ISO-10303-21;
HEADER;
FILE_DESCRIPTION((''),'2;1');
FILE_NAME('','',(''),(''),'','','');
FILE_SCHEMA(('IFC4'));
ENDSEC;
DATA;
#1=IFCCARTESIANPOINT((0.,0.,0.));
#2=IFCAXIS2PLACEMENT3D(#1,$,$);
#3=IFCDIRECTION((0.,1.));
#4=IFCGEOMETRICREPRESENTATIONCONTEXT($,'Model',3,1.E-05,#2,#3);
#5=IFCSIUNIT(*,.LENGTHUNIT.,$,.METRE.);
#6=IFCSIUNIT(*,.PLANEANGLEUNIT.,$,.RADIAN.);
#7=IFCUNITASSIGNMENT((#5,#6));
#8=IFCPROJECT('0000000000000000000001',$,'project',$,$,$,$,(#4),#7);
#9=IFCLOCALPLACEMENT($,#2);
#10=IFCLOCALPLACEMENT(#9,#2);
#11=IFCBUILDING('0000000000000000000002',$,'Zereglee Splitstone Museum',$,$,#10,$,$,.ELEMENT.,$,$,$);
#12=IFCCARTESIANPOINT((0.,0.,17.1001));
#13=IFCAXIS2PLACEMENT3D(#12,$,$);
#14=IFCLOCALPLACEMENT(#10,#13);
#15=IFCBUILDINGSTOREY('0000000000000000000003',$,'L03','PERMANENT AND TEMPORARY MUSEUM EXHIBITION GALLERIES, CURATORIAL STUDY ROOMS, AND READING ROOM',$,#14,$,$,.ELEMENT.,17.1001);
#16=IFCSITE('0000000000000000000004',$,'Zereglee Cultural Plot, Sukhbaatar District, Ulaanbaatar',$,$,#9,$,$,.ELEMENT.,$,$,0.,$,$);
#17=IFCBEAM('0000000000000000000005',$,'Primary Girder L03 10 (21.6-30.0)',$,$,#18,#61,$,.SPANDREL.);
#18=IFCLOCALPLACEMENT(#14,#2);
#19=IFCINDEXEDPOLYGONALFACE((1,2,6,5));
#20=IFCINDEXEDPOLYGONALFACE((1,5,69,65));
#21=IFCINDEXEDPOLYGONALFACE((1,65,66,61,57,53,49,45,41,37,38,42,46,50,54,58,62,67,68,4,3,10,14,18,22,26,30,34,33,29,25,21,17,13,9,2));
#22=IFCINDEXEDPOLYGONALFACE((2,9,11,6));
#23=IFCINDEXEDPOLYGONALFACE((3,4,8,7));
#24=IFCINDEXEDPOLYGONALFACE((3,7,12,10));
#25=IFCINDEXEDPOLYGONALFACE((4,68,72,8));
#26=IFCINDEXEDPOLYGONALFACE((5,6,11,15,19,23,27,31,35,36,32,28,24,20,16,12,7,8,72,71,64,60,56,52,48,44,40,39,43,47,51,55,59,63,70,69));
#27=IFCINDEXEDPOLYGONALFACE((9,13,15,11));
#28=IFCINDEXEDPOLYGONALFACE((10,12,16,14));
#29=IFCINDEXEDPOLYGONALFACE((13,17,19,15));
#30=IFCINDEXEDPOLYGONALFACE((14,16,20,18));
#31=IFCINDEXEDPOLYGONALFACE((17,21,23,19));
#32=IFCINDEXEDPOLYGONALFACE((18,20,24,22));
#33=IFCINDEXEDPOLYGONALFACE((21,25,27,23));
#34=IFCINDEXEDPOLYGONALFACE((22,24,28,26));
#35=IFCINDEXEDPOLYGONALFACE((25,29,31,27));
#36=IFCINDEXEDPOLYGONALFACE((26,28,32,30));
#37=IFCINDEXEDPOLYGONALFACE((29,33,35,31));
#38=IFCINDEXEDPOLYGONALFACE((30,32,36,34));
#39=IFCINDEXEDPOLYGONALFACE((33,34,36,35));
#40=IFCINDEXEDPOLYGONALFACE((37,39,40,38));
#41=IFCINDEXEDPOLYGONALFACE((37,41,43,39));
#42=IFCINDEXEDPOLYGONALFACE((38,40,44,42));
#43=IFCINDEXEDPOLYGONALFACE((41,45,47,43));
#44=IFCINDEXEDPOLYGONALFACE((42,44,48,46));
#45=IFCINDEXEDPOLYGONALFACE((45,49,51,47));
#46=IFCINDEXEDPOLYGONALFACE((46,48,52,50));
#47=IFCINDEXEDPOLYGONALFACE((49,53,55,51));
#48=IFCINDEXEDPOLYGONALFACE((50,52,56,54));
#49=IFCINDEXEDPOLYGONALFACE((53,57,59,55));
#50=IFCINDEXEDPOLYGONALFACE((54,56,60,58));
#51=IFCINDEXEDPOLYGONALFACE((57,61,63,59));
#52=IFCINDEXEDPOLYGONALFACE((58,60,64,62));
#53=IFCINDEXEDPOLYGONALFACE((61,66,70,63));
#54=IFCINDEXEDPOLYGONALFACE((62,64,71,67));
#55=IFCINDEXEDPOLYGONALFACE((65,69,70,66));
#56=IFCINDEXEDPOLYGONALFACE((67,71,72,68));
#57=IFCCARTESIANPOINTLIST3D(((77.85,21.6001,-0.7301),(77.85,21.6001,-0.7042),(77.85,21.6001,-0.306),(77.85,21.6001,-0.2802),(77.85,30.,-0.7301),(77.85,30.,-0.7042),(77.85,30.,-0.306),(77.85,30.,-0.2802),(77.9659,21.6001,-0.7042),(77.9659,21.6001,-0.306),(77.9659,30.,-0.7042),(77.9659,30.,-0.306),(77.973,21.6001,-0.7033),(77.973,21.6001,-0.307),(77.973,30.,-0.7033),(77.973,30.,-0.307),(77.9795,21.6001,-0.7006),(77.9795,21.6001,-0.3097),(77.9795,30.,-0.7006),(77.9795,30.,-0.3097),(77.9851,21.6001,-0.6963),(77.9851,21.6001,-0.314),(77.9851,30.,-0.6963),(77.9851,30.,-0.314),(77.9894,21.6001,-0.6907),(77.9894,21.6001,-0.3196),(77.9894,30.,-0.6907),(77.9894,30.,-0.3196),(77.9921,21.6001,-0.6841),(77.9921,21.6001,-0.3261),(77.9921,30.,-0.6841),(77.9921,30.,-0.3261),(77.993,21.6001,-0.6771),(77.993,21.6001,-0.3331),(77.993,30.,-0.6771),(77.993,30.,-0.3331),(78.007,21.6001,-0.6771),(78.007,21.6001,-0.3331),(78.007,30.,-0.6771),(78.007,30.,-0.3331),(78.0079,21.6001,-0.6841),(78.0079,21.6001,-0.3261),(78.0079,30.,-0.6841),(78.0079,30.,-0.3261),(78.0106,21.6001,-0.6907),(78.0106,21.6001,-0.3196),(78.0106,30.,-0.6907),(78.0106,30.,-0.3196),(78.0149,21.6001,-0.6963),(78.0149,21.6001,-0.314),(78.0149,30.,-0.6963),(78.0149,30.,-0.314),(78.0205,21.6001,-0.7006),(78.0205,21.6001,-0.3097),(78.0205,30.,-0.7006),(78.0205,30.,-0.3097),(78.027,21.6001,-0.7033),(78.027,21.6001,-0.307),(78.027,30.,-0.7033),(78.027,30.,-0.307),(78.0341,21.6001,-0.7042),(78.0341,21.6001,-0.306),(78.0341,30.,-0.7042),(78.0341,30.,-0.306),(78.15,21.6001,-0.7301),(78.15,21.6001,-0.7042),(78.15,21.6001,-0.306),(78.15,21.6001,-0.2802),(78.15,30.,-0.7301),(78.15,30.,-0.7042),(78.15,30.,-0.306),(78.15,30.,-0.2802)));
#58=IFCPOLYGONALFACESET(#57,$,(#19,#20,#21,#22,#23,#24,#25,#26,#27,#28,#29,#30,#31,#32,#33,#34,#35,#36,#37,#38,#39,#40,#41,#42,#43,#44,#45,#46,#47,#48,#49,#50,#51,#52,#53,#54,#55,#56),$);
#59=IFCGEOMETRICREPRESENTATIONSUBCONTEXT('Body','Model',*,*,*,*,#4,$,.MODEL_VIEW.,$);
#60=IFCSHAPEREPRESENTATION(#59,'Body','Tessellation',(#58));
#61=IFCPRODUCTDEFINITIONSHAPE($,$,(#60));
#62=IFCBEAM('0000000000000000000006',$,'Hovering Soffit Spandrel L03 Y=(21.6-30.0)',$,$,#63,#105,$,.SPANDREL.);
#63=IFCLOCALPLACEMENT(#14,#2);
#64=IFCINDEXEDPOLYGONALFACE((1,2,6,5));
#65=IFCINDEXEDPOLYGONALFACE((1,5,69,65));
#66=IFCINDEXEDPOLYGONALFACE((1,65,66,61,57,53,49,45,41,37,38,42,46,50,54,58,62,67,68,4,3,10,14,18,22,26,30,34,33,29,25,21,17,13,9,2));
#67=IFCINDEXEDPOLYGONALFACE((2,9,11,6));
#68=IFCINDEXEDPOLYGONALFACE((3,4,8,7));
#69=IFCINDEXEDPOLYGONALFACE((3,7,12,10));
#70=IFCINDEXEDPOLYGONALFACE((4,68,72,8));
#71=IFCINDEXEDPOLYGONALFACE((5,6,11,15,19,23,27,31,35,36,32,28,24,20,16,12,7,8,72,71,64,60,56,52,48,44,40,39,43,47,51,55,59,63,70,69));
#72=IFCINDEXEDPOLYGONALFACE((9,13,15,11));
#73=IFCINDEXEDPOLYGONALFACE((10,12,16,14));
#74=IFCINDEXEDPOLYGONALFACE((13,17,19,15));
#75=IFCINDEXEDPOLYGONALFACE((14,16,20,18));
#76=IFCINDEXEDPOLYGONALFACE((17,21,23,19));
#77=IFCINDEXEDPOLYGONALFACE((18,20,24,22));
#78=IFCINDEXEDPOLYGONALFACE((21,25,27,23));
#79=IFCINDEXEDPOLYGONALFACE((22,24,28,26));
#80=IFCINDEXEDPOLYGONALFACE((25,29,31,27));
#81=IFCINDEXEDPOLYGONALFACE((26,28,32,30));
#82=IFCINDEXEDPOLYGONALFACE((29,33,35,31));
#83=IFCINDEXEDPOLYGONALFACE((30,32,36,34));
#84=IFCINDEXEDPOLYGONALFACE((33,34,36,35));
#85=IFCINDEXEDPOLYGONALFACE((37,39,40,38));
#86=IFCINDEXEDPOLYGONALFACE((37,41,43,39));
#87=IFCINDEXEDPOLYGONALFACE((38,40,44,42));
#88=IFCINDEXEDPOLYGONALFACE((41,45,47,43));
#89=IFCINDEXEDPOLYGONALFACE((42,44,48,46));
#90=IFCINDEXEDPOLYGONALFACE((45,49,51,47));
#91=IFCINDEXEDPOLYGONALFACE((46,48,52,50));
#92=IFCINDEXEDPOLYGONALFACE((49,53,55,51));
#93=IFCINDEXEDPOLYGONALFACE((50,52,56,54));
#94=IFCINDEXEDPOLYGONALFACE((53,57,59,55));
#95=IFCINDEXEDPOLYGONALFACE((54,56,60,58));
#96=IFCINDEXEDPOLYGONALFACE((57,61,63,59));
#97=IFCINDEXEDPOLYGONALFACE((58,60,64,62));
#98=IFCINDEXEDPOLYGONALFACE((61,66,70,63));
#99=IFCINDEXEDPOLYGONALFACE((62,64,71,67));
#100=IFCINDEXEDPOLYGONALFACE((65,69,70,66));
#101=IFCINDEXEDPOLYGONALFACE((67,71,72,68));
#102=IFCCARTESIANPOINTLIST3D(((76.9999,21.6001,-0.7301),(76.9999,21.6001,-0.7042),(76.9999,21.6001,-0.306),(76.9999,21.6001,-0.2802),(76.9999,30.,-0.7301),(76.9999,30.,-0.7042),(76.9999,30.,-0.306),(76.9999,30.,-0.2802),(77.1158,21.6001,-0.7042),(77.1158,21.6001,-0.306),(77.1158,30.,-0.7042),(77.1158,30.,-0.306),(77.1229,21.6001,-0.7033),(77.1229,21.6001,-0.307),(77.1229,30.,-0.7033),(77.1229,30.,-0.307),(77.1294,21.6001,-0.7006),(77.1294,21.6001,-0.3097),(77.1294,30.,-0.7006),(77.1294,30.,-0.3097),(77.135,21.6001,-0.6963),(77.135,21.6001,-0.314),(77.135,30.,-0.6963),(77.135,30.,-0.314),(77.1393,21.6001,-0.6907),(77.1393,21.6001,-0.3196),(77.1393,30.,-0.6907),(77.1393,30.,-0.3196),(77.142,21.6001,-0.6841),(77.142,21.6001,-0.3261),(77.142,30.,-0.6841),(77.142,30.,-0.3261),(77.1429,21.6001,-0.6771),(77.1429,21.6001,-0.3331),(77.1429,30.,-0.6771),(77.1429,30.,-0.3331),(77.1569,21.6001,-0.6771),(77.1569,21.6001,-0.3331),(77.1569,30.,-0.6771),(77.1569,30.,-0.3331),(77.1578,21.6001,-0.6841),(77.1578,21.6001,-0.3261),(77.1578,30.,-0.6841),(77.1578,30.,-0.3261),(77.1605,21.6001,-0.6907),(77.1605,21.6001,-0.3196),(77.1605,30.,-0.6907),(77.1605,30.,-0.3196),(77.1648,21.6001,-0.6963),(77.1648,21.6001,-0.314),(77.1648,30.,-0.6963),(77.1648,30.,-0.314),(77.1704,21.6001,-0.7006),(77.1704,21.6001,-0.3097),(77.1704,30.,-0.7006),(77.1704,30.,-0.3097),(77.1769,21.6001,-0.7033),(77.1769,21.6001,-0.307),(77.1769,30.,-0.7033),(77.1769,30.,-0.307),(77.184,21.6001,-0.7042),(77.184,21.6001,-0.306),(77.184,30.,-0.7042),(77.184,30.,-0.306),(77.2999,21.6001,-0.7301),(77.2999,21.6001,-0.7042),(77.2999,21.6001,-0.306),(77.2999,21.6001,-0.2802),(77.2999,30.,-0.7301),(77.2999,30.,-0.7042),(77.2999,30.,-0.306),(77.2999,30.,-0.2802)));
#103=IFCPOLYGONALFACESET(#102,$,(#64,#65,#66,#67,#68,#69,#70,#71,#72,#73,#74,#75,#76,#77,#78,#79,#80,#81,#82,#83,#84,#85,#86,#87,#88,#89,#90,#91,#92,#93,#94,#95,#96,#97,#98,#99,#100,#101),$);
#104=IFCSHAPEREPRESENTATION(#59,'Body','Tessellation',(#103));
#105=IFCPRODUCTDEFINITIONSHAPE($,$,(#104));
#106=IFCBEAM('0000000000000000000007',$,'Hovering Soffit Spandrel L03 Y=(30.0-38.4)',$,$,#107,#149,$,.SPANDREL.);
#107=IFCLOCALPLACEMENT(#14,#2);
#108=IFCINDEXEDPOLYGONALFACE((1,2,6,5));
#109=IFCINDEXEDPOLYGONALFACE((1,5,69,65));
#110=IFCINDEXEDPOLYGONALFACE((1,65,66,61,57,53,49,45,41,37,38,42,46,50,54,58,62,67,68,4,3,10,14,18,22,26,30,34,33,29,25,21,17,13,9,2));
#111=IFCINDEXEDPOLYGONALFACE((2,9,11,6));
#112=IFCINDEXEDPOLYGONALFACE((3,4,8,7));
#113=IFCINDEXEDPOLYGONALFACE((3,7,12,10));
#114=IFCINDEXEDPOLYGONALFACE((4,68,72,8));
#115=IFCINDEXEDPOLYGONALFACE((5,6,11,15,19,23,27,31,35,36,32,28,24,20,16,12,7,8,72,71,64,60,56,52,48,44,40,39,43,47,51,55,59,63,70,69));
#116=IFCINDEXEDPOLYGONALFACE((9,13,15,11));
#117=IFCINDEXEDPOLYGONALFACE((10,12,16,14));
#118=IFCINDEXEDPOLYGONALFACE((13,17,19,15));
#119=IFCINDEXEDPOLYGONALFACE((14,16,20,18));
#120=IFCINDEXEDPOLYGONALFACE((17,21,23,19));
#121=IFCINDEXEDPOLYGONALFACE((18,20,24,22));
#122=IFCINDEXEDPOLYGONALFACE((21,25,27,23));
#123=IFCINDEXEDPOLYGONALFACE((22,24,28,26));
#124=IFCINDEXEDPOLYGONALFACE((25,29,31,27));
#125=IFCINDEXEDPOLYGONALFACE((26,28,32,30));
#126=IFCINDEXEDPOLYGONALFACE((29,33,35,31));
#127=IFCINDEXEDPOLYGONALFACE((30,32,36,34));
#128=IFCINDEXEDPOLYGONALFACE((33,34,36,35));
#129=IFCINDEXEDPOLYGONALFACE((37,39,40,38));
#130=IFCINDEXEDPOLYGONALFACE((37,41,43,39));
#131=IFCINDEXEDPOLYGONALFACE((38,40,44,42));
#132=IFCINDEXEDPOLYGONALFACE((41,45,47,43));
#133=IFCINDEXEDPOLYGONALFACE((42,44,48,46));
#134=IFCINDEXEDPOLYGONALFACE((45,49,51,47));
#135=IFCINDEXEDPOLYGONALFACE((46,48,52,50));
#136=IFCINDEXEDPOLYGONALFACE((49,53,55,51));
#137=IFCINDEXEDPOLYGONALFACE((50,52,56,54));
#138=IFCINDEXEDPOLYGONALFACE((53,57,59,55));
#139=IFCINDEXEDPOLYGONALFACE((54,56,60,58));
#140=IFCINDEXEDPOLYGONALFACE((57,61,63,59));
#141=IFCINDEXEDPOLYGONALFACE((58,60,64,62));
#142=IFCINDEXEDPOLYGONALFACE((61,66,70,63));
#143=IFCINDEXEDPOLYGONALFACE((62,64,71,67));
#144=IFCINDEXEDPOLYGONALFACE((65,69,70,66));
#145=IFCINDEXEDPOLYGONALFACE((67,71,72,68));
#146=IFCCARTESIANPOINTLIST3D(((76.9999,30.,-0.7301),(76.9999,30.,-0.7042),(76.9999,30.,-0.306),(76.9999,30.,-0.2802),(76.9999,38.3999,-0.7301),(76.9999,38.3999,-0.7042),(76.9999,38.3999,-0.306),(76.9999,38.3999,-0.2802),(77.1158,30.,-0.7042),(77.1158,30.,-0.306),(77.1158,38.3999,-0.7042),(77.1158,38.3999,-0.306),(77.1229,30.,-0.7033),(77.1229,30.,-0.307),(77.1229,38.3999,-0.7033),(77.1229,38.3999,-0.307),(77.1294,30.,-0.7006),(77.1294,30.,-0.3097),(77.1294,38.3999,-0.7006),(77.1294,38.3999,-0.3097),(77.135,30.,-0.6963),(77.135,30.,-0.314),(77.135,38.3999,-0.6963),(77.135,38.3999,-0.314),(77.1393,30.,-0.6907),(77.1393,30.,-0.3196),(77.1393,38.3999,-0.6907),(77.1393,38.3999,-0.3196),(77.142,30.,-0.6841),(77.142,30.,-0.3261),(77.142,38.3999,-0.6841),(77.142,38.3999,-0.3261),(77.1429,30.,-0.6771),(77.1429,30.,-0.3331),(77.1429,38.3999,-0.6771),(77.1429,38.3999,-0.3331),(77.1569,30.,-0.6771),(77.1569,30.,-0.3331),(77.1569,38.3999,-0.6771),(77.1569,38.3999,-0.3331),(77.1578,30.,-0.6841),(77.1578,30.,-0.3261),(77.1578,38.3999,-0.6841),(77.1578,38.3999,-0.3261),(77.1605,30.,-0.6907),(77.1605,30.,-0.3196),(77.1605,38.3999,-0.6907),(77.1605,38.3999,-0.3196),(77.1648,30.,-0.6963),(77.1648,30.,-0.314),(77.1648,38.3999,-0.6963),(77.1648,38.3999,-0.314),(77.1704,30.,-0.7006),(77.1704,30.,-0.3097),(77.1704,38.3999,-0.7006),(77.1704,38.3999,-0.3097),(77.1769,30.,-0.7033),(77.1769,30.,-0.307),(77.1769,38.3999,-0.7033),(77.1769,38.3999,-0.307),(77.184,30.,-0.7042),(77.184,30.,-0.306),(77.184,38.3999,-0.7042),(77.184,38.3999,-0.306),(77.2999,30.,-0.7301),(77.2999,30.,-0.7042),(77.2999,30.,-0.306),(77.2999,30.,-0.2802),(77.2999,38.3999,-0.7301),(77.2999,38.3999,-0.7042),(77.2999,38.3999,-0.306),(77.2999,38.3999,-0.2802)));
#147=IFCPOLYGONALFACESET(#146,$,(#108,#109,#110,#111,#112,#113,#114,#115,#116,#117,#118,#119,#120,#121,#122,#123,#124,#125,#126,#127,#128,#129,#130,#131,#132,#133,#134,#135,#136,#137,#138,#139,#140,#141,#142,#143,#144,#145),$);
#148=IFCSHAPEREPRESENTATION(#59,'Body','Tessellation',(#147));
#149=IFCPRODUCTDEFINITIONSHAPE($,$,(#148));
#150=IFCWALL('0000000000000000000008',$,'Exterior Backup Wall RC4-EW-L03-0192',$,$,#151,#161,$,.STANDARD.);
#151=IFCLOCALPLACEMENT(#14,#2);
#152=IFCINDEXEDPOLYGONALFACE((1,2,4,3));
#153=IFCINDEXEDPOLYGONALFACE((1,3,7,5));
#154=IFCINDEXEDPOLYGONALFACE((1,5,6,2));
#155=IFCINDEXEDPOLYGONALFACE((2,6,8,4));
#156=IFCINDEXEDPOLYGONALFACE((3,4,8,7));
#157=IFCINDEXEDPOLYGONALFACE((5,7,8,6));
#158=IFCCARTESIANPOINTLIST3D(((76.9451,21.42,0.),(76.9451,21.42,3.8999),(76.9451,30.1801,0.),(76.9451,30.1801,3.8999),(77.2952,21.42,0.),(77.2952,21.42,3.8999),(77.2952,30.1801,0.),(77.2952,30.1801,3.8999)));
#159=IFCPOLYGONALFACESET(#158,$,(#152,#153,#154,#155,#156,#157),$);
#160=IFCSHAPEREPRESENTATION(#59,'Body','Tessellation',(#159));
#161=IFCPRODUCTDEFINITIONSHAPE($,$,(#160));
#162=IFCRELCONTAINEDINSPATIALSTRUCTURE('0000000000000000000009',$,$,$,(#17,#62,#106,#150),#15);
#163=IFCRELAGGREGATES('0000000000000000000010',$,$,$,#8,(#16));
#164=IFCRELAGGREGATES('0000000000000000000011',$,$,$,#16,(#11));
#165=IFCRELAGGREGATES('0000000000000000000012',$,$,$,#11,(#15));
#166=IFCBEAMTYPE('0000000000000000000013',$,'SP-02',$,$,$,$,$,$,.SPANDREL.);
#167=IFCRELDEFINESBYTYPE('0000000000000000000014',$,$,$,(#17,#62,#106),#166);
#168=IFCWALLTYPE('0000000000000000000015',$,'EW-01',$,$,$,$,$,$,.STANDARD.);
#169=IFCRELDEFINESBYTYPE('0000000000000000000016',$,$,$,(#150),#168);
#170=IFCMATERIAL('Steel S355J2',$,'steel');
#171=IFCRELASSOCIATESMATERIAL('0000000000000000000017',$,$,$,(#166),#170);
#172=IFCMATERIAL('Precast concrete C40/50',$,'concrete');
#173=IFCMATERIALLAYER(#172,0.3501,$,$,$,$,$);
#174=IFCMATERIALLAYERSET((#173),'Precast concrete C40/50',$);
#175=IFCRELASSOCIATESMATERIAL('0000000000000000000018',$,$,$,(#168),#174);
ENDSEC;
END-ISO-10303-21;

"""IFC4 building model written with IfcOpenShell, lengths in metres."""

from ifc_helpers import new_model, si_unit, direction, frame, frame_2d, origin, origin_2d, place, context, subcontext, project, spatial, rectangle, i_section, extrude, material, layer, layer_set, material_profile, profile_set, type_object, element, save


model = new_model("IFC4")

# Units and contexts
model_context = context("Model", 3, precision=1e-05, world=origin(), true_north=direction((0.0, 1.0)))
body_context = subcontext(model_context, "Body", "Model", "MODEL_VIEW")
ifc_project = project(units=[si_unit("LENGTHUNIT", "METRE"), si_unit("PLANEANGLEUNIT", "RADIAN")], contexts=[model_context])

# Site, building, storey
site_placement = place(None, origin())
site = spatial("IfcSite", under=ifc_project, at=site_placement, Name="Zereglee Cultural Plot, Sukhbaatar District, Ulaanbaatar", CompositionType="ELEMENT", RefElevation=0.0)
building_placement = place(site_placement, origin())
building = spatial("IfcBuilding", under=site, at=building_placement, Name="Zereglee Splitstone Museum", CompositionType="ELEMENT")
storey_placement = place(building_placement, frame((0.0, 0.0, 17.1001)))
storey = spatial("IfcBuildingStorey", under=building, at=storey_placement, Name="L03", Description="PERMANENT AND TEMPORARY MUSEUM EXHIBITION GALLERIES, CURATORIAL STUDY ROOMS, AND READING ROOM", CompositionType="ELEMENT", Elevation=17.1001)

# Beams
ifc_material_1 = material(Name="Steel S355J2", Category="steel")
ifc_material_profile_1 = material_profile(ifc_material_1, i_section(OverallWidth=0.3, OverallDepth=0.45, WebThickness=0.0139, FlangeThickness=0.0259, FilletRadius=0.0271, at=origin_2d()), Name="HE 450 B")
ifc_profile_set_1 = profile_set([ifc_material_profile_1], Name="Steel S355J2")
beam_type_1 = type_object("IfcBeamType", Name="SP-02", PredefinedType="SPANDREL", material=ifc_profile_set_1)
for number, where, z_axis, x_axis, name in (
    (1, (78.0, 21.6001, -0.5051), (0.0, 1.0, 0.0), (-1.0, 0.0, 0.0), "Primary Girder L03 10 (21.6-30.0)"),
    (2, (77.1499, 21.6001, -0.5051), (0.0, 1.0, 0.0), (-1.0, 0.0, 0.0), "Hovering Soffit Spandrel L03 Y=(21.6-30.0)"),
    (3, (77.1499, 30.0, -0.5051), (0.0, 1.0, 0.0), (-1.0, 0.0, 0.0), "Hovering Soffit Spandrel L03 Y=(30.0-38.4)"),
):
    element("IfcBeam", number, at=place(storey_placement, frame(where, z_axis=z_axis, x_axis=x_axis)), inside=storey, type_object=beam_type_1, Name=name, PredefinedType="SPANDREL", context=body_context, shape_type="SweptSolid", body=[
        extrude(i_section(OverallWidth=0.3, OverallDepth=0.45, WebThickness=0.0139, FlangeThickness=0.0259, FilletRadius=0.0271, at=origin_2d()), origin(), (0.0, 0.0, 1.0), 8.3999),
    ])

# Wall
ifc_material_2 = material(Name="Precast concrete C40/50", Category="concrete")
ifc_layer_1 = layer(ifc_material_2, 0.3501)
ifc_layer_set_1 = layer_set([ifc_layer_1], Name="Precast concrete C40/50")
wall_type_1 = type_object("IfcWallType", Name="EW-01", PredefinedType="STANDARD", material=ifc_layer_set_1)
wall_1_placement = place(storey_placement, frame((77.1201, 30.1799, 0.0), z_axis=(0.0, 0.0, 1.0), x_axis=(0.0, -1.0, 0.0)))
element("IfcWall", 4, at=wall_1_placement, inside=storey, type_object=wall_type_1, Name="Exterior Backup Wall RC4-EW-L03-0192", PredefinedType="STANDARD", context=body_context, shape_type="SweptSolid", body=[
    extrude(rectangle(XDim=8.76, YDim=0.3501, at=frame_2d((4.3799, 0.0))), origin(), (0.0, 0.0, 1.0), 3.8999),
])

save(model, "model.ifc")
